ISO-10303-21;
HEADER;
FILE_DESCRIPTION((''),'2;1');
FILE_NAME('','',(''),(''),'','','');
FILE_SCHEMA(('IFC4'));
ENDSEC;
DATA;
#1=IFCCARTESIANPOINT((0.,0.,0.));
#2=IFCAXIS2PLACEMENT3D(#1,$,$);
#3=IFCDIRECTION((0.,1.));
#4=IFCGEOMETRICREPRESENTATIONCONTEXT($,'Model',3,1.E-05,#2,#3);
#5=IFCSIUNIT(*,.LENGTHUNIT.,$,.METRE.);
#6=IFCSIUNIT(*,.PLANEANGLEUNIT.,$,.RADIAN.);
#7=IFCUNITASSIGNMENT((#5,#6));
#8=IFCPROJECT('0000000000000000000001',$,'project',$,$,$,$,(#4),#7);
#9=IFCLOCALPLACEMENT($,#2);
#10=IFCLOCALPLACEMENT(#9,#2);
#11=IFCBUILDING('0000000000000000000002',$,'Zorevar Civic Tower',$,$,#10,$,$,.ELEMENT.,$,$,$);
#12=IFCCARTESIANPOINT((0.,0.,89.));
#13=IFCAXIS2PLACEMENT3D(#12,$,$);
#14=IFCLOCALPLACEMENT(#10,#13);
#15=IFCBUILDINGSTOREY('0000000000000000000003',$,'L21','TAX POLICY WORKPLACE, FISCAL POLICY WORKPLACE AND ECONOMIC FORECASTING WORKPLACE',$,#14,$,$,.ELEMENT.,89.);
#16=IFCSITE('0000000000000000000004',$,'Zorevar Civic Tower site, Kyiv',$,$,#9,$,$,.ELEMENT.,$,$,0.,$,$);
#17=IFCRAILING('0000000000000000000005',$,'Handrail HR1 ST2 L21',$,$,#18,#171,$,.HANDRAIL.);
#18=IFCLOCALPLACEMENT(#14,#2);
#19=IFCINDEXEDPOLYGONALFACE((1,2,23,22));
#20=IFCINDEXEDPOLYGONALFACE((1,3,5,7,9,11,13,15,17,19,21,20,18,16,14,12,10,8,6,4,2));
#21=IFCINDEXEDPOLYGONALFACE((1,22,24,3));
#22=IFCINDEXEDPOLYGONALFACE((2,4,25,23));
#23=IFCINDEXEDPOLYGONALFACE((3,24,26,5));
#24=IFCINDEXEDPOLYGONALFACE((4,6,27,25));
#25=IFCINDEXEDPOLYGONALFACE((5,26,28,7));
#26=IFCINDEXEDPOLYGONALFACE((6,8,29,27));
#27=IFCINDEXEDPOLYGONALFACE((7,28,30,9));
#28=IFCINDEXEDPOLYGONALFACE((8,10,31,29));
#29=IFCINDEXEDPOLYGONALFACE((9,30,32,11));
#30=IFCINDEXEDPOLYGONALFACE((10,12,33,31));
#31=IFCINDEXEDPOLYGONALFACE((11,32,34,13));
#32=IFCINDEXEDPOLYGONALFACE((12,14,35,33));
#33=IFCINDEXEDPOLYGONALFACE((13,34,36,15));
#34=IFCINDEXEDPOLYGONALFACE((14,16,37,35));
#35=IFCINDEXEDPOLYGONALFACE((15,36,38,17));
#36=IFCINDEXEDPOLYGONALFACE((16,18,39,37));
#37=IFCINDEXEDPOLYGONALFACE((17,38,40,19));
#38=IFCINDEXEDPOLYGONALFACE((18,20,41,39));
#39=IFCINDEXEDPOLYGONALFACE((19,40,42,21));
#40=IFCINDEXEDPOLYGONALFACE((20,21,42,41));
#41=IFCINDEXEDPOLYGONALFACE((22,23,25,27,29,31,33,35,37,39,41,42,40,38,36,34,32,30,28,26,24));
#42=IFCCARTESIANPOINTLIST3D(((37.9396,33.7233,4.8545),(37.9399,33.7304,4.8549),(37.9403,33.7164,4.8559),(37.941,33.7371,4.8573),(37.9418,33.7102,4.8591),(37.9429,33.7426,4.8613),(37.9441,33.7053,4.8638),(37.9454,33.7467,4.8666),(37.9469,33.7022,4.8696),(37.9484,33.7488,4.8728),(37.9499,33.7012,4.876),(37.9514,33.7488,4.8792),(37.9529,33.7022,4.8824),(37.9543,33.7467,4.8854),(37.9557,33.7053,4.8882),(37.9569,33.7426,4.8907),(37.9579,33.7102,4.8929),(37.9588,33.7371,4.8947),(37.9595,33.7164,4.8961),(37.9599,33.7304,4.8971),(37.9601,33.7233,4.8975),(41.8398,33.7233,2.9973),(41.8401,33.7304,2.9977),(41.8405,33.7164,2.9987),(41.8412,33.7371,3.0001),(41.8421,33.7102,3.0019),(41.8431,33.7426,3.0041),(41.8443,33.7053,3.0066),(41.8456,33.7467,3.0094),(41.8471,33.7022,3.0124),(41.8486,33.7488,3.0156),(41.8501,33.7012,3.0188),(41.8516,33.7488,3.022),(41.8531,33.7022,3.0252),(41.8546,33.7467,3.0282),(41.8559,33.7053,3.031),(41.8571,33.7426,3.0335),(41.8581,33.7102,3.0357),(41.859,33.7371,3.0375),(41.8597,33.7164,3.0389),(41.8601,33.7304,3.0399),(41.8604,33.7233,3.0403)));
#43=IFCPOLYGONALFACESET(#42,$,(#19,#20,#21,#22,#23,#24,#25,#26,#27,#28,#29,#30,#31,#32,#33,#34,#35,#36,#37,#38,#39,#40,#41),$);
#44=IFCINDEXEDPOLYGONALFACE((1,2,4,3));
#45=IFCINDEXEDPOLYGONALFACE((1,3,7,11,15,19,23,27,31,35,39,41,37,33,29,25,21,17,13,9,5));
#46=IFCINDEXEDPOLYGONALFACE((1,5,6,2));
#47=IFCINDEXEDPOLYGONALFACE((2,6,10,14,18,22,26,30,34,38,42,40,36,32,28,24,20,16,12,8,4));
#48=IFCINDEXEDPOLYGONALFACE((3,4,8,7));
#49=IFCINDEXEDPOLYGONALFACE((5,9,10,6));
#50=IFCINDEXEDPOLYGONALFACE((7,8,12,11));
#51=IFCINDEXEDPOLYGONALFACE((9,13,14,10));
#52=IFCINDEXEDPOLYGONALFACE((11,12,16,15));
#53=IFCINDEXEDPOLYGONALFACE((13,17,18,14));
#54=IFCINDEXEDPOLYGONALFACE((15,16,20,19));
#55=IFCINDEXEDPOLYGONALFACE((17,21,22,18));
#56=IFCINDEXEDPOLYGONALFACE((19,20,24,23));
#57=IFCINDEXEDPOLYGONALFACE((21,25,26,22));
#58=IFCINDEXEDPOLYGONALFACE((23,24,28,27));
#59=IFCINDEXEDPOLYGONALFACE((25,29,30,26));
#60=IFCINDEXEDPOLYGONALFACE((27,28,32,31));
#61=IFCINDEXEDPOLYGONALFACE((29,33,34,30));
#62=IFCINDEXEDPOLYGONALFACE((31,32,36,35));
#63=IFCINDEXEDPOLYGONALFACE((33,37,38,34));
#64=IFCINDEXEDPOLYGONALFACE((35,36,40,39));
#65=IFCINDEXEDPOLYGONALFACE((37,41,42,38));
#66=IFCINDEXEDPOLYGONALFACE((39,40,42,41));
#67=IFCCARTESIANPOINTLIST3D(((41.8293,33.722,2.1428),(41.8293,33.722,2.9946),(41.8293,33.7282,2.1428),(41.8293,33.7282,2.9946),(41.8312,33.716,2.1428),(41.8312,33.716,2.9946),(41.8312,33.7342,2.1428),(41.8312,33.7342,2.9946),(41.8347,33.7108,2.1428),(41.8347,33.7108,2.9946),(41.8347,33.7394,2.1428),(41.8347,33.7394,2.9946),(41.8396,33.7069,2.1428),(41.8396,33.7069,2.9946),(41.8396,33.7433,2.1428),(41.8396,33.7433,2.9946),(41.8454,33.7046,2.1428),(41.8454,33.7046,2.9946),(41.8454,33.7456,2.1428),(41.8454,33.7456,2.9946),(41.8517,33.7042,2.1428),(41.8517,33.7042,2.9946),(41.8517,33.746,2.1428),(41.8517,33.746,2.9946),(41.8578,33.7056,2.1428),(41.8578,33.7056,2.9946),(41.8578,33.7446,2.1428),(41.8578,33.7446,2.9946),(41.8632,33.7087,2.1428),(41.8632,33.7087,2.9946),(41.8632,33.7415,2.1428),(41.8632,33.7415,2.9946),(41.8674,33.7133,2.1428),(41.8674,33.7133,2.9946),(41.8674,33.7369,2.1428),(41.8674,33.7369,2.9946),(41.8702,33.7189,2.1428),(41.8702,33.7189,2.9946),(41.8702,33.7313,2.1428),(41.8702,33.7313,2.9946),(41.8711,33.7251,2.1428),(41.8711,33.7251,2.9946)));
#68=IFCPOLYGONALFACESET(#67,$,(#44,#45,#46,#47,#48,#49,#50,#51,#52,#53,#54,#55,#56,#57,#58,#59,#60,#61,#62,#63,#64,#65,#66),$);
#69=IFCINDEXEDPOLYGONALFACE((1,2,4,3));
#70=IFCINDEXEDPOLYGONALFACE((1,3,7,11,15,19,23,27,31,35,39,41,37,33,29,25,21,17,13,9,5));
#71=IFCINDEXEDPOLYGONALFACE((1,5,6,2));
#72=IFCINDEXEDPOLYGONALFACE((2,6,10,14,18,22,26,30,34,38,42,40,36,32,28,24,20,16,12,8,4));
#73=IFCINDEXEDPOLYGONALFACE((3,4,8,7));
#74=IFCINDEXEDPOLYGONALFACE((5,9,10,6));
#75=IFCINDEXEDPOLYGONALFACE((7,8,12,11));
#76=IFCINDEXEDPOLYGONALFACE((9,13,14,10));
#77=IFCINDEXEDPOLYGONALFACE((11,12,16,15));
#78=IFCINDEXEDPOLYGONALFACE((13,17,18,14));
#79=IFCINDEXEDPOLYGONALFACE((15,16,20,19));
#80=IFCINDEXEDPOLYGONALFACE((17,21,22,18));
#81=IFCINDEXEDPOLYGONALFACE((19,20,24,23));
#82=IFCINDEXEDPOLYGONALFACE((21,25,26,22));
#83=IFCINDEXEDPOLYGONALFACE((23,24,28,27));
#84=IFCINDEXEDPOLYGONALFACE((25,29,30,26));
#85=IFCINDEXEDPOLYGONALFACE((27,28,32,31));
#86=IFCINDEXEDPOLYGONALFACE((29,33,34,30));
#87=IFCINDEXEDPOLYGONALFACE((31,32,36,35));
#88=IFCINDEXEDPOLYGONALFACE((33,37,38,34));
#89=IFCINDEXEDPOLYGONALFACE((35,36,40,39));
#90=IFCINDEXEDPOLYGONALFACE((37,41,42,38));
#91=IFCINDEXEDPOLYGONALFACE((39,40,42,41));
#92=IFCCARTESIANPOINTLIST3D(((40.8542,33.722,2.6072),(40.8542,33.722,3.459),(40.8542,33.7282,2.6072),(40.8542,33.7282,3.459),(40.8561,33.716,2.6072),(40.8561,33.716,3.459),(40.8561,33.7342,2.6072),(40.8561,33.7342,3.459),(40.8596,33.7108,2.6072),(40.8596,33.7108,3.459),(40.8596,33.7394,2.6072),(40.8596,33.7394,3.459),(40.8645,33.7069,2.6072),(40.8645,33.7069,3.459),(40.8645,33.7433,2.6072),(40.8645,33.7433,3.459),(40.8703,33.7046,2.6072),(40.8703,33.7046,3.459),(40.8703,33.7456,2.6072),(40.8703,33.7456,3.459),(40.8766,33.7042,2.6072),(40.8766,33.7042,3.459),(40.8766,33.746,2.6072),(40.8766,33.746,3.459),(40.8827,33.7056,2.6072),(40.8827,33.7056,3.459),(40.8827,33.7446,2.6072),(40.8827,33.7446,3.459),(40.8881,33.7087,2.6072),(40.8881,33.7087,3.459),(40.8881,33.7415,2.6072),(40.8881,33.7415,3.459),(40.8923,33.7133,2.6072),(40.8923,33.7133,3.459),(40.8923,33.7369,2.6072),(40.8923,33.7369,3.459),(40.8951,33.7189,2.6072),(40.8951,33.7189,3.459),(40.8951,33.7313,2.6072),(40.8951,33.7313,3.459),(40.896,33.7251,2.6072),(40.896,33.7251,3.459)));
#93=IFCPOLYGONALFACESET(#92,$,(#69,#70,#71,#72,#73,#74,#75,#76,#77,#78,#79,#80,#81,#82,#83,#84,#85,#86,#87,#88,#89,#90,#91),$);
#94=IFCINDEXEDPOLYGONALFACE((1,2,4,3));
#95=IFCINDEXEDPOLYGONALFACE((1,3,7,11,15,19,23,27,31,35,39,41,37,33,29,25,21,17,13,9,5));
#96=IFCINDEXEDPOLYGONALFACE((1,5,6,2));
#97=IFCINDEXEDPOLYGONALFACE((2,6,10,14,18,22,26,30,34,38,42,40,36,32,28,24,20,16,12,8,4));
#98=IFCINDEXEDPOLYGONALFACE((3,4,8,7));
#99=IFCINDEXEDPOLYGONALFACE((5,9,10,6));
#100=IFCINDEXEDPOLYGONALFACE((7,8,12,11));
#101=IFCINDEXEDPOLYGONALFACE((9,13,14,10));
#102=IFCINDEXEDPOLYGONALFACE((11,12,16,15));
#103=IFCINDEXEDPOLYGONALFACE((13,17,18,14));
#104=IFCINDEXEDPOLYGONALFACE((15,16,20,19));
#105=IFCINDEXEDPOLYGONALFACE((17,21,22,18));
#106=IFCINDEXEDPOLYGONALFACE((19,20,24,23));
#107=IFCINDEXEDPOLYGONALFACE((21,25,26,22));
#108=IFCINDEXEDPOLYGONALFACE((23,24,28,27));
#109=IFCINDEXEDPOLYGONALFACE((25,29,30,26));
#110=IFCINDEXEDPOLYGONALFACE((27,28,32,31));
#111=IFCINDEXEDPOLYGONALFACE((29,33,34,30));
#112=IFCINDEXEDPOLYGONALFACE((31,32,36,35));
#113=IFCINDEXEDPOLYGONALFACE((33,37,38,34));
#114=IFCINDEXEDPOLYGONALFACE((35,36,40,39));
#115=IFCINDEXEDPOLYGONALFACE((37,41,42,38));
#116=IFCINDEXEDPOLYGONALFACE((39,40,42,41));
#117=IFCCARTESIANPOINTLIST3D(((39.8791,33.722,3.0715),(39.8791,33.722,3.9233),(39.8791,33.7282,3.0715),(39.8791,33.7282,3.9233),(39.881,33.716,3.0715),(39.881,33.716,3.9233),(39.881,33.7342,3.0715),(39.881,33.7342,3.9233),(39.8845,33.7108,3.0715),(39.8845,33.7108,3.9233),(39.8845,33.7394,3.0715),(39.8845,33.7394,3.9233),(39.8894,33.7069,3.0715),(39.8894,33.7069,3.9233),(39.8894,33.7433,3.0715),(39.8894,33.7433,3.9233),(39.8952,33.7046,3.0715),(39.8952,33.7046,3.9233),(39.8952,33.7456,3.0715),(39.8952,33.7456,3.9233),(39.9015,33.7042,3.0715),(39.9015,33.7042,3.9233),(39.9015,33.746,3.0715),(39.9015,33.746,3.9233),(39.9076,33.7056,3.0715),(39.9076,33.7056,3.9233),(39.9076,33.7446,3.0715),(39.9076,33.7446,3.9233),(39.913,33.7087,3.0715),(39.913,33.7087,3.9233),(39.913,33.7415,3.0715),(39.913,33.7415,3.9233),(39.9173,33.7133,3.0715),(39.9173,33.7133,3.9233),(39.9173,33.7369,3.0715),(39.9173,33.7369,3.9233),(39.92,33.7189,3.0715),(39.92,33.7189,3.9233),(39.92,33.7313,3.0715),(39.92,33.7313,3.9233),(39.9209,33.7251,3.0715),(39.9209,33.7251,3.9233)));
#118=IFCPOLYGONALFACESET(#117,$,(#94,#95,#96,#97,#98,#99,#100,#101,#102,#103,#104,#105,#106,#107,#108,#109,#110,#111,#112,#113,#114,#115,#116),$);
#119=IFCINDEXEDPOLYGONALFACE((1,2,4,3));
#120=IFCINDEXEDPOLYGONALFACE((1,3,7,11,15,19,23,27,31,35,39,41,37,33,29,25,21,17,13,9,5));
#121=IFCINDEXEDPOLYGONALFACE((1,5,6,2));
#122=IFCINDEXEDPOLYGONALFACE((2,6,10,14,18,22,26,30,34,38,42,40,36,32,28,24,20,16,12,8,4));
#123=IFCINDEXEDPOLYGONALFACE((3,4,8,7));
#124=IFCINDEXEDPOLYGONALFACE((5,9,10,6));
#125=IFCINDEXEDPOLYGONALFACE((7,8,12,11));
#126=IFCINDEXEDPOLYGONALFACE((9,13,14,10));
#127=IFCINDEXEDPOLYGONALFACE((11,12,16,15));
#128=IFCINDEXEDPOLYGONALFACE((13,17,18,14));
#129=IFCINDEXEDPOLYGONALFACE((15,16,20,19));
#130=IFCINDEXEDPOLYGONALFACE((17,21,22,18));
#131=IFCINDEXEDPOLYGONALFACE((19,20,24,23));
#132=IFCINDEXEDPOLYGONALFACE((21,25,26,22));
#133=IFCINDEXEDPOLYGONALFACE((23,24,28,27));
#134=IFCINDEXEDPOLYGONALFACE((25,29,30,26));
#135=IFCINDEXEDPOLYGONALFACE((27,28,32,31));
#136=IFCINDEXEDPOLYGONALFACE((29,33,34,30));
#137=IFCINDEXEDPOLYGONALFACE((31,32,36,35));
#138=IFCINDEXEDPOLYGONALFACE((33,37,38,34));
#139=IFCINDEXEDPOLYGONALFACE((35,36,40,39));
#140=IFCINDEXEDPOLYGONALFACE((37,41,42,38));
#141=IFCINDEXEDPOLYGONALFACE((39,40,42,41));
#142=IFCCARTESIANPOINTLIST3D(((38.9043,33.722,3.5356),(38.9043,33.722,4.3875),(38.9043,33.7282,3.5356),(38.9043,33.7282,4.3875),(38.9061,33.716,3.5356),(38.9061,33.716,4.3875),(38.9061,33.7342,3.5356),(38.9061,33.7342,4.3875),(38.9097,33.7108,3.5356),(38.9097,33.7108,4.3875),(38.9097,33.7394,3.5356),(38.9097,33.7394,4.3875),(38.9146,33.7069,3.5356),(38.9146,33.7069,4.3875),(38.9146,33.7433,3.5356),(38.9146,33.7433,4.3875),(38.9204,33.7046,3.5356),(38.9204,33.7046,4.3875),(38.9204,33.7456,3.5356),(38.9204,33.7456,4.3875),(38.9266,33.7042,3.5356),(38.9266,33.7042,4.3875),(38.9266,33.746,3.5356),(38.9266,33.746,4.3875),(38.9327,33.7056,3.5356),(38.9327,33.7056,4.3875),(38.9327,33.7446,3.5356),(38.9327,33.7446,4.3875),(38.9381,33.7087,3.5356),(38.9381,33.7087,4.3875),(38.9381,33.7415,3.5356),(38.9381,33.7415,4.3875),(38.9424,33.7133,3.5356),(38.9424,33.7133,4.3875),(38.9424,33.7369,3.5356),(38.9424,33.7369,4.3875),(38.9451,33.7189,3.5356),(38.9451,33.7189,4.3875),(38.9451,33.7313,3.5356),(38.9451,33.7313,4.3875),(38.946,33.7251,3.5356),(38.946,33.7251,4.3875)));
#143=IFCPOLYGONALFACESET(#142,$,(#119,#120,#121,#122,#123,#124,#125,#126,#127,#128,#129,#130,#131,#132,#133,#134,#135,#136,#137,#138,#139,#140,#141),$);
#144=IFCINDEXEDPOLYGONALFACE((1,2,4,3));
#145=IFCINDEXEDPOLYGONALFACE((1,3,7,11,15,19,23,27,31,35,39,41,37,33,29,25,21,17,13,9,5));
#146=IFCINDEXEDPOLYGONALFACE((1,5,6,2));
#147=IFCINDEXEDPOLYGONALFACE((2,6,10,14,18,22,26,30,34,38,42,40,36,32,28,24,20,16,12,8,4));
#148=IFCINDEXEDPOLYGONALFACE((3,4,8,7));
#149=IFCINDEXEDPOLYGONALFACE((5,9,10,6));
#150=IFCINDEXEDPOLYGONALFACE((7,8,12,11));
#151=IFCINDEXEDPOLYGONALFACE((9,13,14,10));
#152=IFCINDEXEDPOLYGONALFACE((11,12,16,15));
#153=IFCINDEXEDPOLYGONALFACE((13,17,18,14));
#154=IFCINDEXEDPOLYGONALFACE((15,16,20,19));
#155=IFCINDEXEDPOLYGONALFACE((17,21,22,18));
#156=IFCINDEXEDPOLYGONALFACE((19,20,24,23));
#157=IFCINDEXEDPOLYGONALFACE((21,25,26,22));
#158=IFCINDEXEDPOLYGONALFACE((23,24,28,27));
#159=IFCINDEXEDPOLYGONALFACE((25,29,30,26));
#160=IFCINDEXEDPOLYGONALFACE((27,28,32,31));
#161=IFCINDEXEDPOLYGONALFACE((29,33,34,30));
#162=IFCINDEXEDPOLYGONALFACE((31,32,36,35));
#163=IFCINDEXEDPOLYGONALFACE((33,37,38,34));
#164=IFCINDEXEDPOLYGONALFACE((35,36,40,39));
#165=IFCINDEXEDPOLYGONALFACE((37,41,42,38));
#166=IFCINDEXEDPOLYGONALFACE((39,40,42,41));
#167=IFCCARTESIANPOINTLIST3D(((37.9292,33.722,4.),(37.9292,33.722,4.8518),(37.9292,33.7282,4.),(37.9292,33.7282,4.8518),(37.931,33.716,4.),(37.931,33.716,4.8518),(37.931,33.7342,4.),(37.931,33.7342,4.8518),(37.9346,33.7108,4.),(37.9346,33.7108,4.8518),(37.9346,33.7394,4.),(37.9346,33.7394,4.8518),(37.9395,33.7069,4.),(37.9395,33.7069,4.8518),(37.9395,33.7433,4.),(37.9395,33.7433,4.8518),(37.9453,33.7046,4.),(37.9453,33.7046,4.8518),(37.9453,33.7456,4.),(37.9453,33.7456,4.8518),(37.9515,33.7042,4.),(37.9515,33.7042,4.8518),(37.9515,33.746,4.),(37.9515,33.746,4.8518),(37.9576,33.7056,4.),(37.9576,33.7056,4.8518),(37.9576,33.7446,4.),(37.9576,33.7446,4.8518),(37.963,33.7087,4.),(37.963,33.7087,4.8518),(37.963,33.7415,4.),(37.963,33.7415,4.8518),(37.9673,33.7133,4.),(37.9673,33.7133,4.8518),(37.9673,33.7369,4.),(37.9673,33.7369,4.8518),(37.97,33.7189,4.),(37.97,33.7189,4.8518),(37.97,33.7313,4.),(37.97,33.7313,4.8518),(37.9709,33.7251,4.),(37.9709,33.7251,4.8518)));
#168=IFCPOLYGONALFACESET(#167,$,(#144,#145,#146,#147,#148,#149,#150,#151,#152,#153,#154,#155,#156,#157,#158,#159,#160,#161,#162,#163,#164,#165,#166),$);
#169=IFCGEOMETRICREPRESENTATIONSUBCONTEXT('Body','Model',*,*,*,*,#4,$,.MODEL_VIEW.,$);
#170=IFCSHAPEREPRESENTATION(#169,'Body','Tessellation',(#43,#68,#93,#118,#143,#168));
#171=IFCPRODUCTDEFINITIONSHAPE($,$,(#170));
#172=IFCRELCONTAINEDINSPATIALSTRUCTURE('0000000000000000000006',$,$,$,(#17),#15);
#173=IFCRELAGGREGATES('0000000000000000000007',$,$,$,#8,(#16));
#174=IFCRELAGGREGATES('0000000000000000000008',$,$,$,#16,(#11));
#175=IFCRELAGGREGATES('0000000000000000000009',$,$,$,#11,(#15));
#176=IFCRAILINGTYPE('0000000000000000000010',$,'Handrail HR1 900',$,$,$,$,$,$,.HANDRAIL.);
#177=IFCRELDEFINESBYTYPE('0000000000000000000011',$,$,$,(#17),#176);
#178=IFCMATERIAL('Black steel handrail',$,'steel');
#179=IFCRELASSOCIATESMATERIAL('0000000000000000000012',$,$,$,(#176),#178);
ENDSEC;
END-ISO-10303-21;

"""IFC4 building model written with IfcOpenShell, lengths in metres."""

from ifc_helpers import new_model, si_unit, direction, frame, origin, origin_2d, place, context, subcontext, project, spatial, circle, extrude, material, type_object, element, save


model = new_model("IFC4")

# Units and contexts
model_context = context("Model", 3, precision=1e-05, world=origin(), true_north=direction((0.0, 1.0)))
body_context = subcontext(model_context, "Body", "Model", "MODEL_VIEW")
ifc_project = project(units=[si_unit("LENGTHUNIT", "METRE"), si_unit("PLANEANGLEUNIT", "RADIAN")], contexts=[model_context])

# Site, building, storey
site_placement = place(None, origin())
site = spatial("IfcSite", under=ifc_project, at=site_placement, Name="Zorevar Civic Tower site, Kyiv", CompositionType="ELEMENT", RefElevation=0.0)
building_placement = place(site_placement, origin())
building = spatial("IfcBuilding", under=site, at=building_placement, Name="Zorevar Civic Tower", CompositionType="ELEMENT")
storey_placement = place(building_placement, frame((0.0, 0.0, 89.0)))
storey = spatial("IfcBuildingStorey", under=building, at=storey_placement, Name="L21", Description="TAX POLICY WORKPLACE, FISCAL POLICY WORKPLACE AND ECONOMIC FORECASTING WORKPLACE", CompositionType="ELEMENT", Elevation=89.0)

# Railing
ifc_material_1 = material(Name="Black steel handrail", Category="steel")
railing_type = type_object("IfcRailingType", Name="Handrail HR1 900", PredefinedType="HANDRAIL", material=ifc_material_1)
railing_1_placement = place(storey_placement, frame((41.8501, 33.7251, 2.1428)))
element("IfcRailing", 1, at=railing_1_placement, inside=storey, type_object=railing_type, Name="Handrail HR1 ST2 L21", PredefinedType="HANDRAIL", context=body_context, shape_type="SweptSolid", body=[
    extrude(circle(Radius=0.0239, at=origin_2d()), frame((0.0, 0.0, 0.876), z_axis=(-0.902864, 0.0, 0.429927), x_axis=(0.0, -1.0, 0.0)), (0.0, 0.0, 1.0), 4.3198),
    extrude(circle(Radius=0.021, at=origin_2d()), origin(), (0.0, 0.0, 1.0), 0.8518),
    extrude(circle(Radius=0.021, at=origin_2d()), frame((-0.9751, 0.0, 0.4644)), (0.0, 0.0, 1.0), 0.8518),
    extrude(circle(Radius=0.021, at=origin_2d()), frame((-1.9502, 0.0, 0.9287)), (0.0, 0.0, 1.0), 0.8518),
    extrude(circle(Radius=0.021, at=origin_2d()), frame((-2.925, 0.0, 1.3928)), (0.0, 0.0, 1.0), 0.8518),
    extrude(circle(Radius=0.021, at=origin_2d()), frame((-3.9001, 0.0, 1.8572)), (0.0, 0.0, 1.0), 0.8518),
])

save(model, "model.ifc")
